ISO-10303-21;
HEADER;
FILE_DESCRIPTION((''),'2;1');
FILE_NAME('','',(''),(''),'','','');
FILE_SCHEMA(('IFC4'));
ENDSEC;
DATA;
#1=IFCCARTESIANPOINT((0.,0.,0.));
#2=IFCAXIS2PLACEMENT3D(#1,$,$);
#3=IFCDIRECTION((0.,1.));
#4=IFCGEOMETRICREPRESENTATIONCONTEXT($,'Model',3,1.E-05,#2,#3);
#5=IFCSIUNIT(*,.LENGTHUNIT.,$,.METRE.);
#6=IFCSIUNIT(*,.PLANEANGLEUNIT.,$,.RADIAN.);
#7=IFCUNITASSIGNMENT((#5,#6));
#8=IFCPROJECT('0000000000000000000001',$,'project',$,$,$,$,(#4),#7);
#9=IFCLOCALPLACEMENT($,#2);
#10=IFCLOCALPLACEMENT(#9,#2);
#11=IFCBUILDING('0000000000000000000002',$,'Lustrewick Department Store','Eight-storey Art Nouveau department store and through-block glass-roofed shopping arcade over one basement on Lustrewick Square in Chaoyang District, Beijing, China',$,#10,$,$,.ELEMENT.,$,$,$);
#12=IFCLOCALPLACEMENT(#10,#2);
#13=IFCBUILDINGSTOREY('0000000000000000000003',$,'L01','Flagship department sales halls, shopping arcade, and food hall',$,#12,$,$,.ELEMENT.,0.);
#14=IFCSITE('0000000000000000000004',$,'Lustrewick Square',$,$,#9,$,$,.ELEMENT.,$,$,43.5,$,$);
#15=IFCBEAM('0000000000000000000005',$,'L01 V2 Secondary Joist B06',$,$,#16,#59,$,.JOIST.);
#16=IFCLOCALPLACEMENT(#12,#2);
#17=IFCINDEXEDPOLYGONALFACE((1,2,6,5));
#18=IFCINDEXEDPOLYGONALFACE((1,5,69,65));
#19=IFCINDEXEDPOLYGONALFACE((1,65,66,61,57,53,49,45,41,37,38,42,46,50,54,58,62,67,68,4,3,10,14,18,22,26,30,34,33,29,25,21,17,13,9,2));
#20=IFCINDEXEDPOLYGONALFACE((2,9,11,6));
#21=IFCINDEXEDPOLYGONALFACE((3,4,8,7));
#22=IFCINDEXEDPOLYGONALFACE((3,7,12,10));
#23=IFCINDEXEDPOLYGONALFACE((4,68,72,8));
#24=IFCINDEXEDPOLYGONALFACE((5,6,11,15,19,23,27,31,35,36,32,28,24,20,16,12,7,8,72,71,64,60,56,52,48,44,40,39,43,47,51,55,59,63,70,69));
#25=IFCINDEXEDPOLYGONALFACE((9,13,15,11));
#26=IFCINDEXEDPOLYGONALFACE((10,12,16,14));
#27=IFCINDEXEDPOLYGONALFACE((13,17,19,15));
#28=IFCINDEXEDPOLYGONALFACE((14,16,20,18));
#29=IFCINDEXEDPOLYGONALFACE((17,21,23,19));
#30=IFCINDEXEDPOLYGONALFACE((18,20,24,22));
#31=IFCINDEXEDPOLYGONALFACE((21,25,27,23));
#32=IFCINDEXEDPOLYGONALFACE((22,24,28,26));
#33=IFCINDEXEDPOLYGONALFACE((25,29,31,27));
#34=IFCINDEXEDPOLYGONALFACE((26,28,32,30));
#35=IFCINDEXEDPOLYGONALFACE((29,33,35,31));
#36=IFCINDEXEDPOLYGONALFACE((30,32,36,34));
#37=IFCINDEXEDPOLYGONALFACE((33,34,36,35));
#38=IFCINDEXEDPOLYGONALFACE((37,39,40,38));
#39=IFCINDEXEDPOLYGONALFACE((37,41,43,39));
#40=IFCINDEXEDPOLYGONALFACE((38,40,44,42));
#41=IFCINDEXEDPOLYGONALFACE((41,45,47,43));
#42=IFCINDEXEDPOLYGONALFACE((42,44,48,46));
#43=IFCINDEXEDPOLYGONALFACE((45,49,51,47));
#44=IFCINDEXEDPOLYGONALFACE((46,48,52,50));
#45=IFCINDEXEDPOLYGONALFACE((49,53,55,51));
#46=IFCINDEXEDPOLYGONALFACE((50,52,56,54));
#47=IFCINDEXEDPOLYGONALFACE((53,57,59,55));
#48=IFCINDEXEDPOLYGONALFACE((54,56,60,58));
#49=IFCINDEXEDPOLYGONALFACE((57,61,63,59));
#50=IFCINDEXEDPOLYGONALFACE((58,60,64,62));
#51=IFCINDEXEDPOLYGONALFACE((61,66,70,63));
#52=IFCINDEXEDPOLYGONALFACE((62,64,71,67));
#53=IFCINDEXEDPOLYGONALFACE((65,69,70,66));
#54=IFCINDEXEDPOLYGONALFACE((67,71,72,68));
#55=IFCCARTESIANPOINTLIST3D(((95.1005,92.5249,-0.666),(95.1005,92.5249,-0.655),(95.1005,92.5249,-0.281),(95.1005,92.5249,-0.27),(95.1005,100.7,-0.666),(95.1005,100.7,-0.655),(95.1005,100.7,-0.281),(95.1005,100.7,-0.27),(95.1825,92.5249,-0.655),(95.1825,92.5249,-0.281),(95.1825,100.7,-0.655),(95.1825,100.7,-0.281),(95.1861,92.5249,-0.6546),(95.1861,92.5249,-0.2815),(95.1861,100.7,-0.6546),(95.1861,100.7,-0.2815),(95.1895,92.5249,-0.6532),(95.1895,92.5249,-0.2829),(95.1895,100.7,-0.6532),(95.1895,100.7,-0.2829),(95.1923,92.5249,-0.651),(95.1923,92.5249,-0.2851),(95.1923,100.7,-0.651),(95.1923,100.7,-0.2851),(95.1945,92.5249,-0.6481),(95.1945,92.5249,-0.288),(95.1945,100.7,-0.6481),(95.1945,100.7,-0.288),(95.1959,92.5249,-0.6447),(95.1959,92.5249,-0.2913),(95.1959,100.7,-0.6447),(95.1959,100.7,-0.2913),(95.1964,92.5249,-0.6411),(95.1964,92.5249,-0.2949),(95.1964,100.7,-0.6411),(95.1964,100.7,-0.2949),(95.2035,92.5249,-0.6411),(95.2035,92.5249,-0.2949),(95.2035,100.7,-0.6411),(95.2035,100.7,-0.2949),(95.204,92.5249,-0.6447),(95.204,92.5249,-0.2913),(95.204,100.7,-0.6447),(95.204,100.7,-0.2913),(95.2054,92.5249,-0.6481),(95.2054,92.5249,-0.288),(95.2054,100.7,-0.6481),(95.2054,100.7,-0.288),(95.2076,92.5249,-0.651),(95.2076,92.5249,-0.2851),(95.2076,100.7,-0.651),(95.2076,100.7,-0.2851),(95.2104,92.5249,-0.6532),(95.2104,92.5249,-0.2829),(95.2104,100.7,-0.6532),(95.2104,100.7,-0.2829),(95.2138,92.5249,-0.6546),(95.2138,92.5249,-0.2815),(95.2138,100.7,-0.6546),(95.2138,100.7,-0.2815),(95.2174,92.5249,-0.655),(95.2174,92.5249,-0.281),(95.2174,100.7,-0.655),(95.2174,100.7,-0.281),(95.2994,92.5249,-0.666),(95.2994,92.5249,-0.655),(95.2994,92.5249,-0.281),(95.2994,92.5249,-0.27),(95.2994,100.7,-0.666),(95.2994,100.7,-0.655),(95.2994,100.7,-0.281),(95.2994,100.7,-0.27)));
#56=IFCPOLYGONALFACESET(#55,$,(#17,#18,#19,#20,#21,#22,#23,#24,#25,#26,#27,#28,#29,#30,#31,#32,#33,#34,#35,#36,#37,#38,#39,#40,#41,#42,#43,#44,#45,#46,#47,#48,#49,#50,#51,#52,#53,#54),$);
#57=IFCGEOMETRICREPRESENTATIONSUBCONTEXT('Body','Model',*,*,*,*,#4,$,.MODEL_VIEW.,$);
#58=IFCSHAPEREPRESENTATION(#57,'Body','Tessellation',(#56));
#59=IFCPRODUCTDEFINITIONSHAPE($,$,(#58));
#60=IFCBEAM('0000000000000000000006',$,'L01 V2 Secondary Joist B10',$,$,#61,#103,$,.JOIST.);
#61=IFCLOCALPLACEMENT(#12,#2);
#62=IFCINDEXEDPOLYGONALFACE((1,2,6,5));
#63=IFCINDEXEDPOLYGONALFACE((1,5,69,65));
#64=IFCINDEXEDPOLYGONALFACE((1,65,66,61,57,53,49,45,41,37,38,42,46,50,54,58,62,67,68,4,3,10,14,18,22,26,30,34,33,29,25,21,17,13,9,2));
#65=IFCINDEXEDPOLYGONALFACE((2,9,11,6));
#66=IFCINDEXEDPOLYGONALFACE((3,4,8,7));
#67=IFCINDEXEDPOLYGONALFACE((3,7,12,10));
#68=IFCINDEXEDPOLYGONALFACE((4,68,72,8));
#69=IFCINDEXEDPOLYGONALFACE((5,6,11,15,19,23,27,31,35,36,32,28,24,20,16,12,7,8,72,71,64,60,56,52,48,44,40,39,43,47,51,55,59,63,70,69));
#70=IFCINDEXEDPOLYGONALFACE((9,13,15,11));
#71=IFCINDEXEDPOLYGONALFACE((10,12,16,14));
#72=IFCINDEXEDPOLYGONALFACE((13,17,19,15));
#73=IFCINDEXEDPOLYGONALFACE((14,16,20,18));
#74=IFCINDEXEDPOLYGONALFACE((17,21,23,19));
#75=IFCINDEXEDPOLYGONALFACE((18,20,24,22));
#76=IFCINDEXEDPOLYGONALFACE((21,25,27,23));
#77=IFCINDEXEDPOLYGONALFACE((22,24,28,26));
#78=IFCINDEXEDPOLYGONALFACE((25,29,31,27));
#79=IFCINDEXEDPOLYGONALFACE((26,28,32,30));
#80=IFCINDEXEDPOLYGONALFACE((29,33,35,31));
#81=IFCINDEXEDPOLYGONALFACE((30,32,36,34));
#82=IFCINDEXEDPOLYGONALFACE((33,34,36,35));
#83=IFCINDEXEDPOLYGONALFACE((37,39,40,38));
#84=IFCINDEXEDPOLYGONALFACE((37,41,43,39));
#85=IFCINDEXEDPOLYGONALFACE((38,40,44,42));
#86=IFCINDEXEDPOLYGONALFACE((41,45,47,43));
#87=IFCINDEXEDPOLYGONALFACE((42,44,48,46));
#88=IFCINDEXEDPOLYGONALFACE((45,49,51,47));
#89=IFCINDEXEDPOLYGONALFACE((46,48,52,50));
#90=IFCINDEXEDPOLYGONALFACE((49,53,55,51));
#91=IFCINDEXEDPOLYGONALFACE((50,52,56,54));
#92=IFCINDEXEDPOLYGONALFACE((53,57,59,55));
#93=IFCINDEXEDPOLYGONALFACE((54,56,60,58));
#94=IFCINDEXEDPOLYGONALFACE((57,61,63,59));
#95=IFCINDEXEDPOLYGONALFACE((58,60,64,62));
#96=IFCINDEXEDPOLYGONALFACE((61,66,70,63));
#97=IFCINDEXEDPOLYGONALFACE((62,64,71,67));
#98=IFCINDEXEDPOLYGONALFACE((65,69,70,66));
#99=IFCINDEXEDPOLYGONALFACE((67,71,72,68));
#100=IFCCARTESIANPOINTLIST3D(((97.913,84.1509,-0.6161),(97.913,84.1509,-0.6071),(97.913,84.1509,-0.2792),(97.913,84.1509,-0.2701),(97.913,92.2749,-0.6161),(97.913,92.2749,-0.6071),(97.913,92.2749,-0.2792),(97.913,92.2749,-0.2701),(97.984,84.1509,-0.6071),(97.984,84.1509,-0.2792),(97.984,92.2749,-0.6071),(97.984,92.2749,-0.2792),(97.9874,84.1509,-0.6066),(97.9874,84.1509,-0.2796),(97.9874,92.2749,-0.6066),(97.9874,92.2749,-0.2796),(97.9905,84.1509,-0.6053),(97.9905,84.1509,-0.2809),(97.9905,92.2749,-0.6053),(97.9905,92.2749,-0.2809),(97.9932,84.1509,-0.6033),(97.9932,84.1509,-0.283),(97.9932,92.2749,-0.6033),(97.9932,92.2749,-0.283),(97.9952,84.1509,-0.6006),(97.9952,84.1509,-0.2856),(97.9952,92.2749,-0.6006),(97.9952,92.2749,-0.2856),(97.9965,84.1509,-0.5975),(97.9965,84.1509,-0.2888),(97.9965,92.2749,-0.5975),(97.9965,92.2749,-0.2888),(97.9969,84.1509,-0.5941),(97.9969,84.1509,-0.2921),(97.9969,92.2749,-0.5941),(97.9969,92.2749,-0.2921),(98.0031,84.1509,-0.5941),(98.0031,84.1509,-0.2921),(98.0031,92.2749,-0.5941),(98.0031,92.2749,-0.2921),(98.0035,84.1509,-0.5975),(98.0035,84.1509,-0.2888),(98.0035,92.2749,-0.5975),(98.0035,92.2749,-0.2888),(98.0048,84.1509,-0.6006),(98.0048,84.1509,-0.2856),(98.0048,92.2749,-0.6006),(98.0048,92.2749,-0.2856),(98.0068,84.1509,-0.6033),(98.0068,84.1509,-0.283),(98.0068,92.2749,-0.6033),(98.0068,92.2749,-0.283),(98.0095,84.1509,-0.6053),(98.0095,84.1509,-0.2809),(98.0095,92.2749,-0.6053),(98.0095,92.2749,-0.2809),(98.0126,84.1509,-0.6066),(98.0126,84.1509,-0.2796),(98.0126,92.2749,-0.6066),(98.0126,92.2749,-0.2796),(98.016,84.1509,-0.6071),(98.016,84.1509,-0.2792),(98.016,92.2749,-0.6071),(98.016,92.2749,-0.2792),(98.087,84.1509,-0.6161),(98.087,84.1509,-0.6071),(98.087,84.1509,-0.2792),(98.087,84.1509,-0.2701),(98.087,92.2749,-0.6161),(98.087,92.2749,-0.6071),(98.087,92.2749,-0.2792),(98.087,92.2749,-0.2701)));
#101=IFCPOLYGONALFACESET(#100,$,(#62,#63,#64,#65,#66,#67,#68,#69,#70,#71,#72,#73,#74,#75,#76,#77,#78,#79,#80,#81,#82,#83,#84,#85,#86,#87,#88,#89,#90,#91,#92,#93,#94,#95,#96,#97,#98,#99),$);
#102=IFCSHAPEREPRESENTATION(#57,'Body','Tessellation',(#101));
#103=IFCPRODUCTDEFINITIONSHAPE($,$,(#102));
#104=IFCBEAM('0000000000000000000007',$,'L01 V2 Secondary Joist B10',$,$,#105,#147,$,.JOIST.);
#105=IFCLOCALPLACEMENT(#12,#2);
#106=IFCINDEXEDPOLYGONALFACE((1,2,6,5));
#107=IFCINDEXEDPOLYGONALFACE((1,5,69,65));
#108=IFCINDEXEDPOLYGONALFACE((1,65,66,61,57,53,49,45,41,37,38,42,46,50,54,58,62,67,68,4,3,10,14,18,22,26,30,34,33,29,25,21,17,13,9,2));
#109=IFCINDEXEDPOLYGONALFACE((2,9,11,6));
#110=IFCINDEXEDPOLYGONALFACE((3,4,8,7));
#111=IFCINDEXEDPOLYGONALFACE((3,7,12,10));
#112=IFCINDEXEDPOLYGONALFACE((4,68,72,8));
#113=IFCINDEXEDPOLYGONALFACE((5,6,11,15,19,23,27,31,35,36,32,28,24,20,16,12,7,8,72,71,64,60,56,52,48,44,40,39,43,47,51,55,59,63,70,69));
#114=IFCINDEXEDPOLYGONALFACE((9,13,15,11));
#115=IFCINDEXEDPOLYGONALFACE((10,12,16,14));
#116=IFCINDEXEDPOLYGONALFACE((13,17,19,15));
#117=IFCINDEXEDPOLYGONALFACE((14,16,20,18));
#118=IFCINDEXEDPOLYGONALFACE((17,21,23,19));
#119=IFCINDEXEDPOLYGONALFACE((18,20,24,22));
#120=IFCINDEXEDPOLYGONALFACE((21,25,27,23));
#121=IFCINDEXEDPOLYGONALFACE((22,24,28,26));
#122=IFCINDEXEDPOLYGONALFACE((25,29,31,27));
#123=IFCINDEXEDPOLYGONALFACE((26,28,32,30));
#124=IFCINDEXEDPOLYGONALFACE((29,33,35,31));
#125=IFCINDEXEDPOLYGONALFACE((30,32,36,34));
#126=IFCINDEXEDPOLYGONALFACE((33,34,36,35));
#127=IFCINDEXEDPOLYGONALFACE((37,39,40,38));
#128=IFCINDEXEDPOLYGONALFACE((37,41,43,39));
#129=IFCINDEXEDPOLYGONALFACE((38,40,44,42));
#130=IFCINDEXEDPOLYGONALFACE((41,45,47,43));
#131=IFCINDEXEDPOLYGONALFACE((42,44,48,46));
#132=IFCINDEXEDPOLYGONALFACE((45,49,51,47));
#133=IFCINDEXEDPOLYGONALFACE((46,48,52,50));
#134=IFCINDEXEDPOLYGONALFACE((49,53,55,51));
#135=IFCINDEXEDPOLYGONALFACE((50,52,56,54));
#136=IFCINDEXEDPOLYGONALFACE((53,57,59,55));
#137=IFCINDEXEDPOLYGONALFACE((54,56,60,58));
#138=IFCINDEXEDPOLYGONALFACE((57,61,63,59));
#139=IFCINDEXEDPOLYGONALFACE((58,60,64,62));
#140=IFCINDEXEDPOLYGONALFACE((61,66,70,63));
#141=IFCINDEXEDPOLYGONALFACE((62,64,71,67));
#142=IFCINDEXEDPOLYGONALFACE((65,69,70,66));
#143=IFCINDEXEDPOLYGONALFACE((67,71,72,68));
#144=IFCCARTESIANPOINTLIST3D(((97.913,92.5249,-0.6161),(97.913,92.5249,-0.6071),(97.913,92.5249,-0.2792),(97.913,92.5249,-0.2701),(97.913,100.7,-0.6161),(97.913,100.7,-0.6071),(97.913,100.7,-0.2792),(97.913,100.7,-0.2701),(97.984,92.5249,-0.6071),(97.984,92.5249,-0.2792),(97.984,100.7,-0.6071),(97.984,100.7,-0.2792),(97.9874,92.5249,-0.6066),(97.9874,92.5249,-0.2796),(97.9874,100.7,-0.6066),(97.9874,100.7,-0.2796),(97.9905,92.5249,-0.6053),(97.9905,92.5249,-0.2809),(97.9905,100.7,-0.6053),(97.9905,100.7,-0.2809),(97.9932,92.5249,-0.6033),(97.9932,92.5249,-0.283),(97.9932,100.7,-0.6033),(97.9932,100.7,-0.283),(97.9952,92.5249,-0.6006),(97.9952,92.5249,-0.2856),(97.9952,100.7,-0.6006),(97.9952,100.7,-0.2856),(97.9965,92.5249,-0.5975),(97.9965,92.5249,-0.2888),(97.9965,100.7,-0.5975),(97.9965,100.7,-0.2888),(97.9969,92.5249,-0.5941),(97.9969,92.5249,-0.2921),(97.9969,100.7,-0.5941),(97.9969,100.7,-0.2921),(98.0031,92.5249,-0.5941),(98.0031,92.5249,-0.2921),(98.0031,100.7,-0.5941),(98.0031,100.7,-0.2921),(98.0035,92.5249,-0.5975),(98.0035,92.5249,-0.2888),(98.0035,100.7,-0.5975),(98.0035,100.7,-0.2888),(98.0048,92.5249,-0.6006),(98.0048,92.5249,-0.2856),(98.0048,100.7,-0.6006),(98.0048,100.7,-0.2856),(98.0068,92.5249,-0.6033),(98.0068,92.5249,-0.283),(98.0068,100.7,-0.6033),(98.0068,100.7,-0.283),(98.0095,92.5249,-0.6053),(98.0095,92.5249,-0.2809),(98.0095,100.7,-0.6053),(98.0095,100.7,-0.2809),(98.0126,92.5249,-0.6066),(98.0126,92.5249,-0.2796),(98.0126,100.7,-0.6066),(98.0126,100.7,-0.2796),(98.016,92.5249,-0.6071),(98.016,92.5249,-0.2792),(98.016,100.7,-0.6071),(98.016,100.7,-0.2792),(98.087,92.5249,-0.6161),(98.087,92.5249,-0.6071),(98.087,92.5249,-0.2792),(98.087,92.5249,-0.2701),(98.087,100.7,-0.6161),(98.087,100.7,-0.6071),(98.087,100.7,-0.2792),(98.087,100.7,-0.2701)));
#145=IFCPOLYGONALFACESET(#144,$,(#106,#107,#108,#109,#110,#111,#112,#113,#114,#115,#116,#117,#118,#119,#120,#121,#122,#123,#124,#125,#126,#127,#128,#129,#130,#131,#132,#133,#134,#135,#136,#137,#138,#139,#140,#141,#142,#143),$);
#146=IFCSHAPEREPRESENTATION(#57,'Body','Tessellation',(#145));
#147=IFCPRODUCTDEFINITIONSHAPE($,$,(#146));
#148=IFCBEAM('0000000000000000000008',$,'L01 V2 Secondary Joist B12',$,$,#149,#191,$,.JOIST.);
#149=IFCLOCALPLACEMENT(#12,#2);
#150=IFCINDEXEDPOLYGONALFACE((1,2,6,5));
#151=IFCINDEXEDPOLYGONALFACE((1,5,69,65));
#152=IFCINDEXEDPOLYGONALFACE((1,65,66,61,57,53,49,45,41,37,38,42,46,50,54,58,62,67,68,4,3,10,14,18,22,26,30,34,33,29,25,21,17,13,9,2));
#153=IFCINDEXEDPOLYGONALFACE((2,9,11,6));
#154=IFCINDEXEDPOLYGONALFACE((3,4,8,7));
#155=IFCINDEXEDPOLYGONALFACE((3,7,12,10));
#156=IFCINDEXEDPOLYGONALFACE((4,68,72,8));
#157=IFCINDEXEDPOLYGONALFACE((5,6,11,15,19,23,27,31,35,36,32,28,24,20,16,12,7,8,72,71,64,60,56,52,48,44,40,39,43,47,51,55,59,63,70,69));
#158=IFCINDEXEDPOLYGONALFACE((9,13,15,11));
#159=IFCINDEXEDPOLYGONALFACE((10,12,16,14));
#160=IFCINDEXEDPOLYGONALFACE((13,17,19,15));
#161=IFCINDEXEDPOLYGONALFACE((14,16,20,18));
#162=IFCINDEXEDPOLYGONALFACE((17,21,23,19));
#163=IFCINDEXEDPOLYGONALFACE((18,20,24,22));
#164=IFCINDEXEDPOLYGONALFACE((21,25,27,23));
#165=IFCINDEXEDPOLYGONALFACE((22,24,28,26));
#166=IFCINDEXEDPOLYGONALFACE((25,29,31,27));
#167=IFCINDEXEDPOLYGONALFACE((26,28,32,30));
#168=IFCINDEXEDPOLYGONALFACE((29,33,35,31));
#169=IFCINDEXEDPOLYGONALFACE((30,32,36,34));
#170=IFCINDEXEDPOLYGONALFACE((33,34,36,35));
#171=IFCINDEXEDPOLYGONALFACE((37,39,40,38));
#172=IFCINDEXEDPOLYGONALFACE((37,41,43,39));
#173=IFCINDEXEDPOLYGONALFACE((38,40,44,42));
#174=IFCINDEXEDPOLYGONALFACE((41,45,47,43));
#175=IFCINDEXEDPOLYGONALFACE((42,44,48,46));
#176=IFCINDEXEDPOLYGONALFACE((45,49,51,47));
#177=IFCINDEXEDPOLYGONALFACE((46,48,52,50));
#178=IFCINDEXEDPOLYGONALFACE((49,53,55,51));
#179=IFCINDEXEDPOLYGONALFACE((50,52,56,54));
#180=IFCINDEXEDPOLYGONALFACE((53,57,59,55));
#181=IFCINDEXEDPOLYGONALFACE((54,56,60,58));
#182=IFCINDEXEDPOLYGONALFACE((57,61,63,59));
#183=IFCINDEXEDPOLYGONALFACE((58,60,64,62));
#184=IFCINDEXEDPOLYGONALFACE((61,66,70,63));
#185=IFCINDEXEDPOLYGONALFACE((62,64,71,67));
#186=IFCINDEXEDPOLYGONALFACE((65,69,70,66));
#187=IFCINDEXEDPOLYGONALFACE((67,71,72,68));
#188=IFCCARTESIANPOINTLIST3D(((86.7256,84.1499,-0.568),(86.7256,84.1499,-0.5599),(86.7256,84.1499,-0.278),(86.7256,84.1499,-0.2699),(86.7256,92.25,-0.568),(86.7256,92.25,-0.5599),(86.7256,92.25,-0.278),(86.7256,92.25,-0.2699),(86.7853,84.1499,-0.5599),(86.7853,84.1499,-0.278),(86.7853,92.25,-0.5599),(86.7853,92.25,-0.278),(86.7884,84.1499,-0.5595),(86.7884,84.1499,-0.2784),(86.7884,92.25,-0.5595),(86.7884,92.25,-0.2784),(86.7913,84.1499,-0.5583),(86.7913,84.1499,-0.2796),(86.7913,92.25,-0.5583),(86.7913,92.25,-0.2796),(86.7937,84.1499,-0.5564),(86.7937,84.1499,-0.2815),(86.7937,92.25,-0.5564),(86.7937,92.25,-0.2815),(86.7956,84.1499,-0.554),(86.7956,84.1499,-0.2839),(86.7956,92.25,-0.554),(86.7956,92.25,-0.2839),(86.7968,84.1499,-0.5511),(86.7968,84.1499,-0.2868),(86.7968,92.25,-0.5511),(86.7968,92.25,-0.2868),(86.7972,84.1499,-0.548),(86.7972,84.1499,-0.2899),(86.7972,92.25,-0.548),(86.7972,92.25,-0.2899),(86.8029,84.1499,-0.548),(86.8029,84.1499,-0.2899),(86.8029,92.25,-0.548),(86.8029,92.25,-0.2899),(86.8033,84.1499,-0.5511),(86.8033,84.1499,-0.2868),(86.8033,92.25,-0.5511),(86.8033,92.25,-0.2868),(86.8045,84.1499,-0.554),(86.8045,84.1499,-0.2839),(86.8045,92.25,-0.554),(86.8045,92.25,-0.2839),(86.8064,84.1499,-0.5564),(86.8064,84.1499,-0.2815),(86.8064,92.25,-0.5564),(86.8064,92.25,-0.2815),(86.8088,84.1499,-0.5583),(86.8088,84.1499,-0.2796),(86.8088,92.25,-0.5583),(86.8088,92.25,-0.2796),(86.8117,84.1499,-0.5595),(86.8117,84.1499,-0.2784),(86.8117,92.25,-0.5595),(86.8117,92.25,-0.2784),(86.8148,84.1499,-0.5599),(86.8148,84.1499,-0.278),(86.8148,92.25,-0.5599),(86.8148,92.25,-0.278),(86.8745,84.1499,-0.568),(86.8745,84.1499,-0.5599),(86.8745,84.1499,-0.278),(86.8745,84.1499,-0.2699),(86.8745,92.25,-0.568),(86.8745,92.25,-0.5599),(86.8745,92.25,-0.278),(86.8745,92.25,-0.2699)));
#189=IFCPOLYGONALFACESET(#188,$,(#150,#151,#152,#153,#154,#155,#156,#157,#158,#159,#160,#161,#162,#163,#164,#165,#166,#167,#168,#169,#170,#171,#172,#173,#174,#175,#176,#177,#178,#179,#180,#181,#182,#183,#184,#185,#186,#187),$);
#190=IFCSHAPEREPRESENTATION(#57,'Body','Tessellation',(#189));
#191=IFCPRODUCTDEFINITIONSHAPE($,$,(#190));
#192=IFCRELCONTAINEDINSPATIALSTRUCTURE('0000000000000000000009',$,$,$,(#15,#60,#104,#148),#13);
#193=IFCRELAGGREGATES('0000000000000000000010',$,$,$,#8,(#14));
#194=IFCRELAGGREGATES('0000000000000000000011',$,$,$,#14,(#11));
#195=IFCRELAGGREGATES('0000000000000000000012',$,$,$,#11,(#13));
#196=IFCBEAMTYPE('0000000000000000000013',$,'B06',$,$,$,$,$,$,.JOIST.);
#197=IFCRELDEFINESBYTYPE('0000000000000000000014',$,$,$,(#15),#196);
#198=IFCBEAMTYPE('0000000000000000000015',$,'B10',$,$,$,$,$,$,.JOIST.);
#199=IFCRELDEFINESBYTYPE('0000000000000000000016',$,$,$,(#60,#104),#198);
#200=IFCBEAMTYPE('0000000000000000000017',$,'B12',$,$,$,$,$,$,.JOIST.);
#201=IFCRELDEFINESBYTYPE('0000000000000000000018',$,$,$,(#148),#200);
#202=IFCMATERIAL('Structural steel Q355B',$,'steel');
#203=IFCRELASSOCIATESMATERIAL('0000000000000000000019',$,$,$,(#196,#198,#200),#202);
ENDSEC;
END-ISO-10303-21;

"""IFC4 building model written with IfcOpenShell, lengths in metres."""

from ifc_helpers import new_model, si_unit, direction, frame, origin, origin_2d, place, context, subcontext, project, spatial, i_section, extrude, material, material_profile, profile_set, type_object, element, save


model = new_model("IFC4")

# Units and contexts
model_context = context("Model", 3, precision=1e-05, world=origin(), true_north=direction((0.0, 1.0)))
body_context = subcontext(model_context, "Body", "Model", "MODEL_VIEW")
ifc_project = project(units=[si_unit("LENGTHUNIT", "METRE"), si_unit("PLANEANGLEUNIT", "RADIAN")], contexts=[model_context])

# Site, building, storey
site_placement = place(None, origin())
site = spatial("IfcSite", under=ifc_project, at=site_placement, Name="Lustrewick Square", CompositionType="ELEMENT", RefElevation=43.5)
building_placement = place(site_placement, origin())
building = spatial("IfcBuilding", under=site, at=building_placement, Name="Lustrewick Department Store", Description="Eight-storey Art Nouveau department store and through-block glass-roofed shopping arcade over one basement on Lustrewick Square in Chaoyang District, Beijing, China", CompositionType="ELEMENT")
storey_placement = place(building_placement, origin())
storey = spatial("IfcBuildingStorey", under=building, at=storey_placement, Name="L01", Description="Flagship department sales halls, shopping arcade, and food hall", CompositionType="ELEMENT", Elevation=0.0)

# Beams
ifc_material_1 = material(Name="Structural steel Q355B", Category="steel")
ifc_material_profile_1 = material_profile(ifc_material_1, i_section(OverallWidth=0.199, OverallDepth=0.396, WebThickness=0.0071, FlangeThickness=0.011, FilletRadius=0.0139, at=origin_2d()), Name="HN 396x199x7x11")
ifc_profile_set_1 = profile_set([ifc_material_profile_1], Name="Structural steel Q355B")
beam_type_1 = type_object("IfcBeamType", Name="B06", PredefinedType="JOIST", material=ifc_profile_set_1)
beam_1_placement = place(storey_placement, frame((95.2, 92.5249, -0.468), z_axis=(0.0, 1.0, 0.0), x_axis=(-1.0, 0.0, 0.0)))
element("IfcBeam", 1, at=beam_1_placement, inside=storey, type_object=beam_type_1, Name="L01 V2 Secondary Joist B06", PredefinedType="JOIST", context=body_context, shape_type="SweptSolid", body=[
    extrude(i_section(OverallWidth=0.199, OverallDepth=0.396, WebThickness=0.0071, FlangeThickness=0.011, FilletRadius=0.0139, at=origin_2d()), origin(), (0.0, 0.0, 1.0), 8.175),
])
ifc_material_profile_2 = material_profile(ifc_material_1, i_section(OverallWidth=0.1741, OverallDepth=0.3459, WebThickness=0.0061, FlangeThickness=0.009, FilletRadius=0.0129, at=origin_2d()), Name="HN 346x174x6x9")
ifc_profile_set_2 = profile_set([ifc_material_profile_2], Name="Structural steel Q355B")
beam_type_2 = type_object("IfcBeamType", Name="B10", PredefinedType="JOIST", material=ifc_profile_set_2)
beam_2_placement = place(storey_placement, frame((98.0, 84.1509, -0.4431), z_axis=(0.0, 1.0, 0.0), x_axis=(-1.0, 0.0, 0.0)))
element("IfcBeam", 2, at=beam_2_placement, inside=storey, type_object=beam_type_2, Name="L01 V2 Secondary Joist B10", PredefinedType="JOIST", context=body_context, shape_type="SweptSolid", body=[
    extrude(i_section(OverallWidth=0.1741, OverallDepth=0.3459, WebThickness=0.0061, FlangeThickness=0.009, FilletRadius=0.0129, at=origin_2d()), origin(), (0.0, 0.0, 1.0), 8.124),
])
beam_3_placement = place(storey_placement, frame((98.0, 92.5249, -0.4431), z_axis=(0.0, 1.0, 0.0), x_axis=(-1.0, 0.0, 0.0)))
element("IfcBeam", 3, at=beam_3_placement, inside=storey, type_object=beam_type_2, Name="L01 V2 Secondary Joist B10", PredefinedType="JOIST", context=body_context, shape_type="SweptSolid", body=[
    extrude(i_section(OverallWidth=0.1741, OverallDepth=0.3459, WebThickness=0.0061, FlangeThickness=0.009, FilletRadius=0.0129, at=origin_2d()), origin(), (0.0, 0.0, 1.0), 8.175),
])
ifc_material_profile_3 = material_profile(ifc_material_1, i_section(OverallWidth=0.1489, OverallDepth=0.2981, WebThickness=0.0056, FlangeThickness=0.0081, FilletRadius=0.012, at=origin_2d()), Name="HN 298x149x5.5x8")
ifc_profile_set_3 = profile_set([ifc_material_profile_3], Name="Structural steel Q355B")
beam_type_3 = type_object("IfcBeamType", Name="B12", PredefinedType="JOIST", material=ifc_profile_set_3)
beam_4_placement = place(storey_placement, frame((86.8, 84.1499, -0.4189), z_axis=(0.0, 1.0, 0.0), x_axis=(-1.0, 0.0, 0.0)))
element("IfcBeam", 4, at=beam_4_placement, inside=storey, type_object=beam_type_3, Name="L01 V2 Secondary Joist B12", PredefinedType="JOIST", context=body_context, shape_type="SweptSolid", body=[
    extrude(i_section(OverallWidth=0.1489, OverallDepth=0.2981, WebThickness=0.0056, FlangeThickness=0.0081, FilletRadius=0.012, at=origin_2d()), origin(), (0.0, 0.0, 1.0), 8.1001),
])

save(model, "model.ifc")
